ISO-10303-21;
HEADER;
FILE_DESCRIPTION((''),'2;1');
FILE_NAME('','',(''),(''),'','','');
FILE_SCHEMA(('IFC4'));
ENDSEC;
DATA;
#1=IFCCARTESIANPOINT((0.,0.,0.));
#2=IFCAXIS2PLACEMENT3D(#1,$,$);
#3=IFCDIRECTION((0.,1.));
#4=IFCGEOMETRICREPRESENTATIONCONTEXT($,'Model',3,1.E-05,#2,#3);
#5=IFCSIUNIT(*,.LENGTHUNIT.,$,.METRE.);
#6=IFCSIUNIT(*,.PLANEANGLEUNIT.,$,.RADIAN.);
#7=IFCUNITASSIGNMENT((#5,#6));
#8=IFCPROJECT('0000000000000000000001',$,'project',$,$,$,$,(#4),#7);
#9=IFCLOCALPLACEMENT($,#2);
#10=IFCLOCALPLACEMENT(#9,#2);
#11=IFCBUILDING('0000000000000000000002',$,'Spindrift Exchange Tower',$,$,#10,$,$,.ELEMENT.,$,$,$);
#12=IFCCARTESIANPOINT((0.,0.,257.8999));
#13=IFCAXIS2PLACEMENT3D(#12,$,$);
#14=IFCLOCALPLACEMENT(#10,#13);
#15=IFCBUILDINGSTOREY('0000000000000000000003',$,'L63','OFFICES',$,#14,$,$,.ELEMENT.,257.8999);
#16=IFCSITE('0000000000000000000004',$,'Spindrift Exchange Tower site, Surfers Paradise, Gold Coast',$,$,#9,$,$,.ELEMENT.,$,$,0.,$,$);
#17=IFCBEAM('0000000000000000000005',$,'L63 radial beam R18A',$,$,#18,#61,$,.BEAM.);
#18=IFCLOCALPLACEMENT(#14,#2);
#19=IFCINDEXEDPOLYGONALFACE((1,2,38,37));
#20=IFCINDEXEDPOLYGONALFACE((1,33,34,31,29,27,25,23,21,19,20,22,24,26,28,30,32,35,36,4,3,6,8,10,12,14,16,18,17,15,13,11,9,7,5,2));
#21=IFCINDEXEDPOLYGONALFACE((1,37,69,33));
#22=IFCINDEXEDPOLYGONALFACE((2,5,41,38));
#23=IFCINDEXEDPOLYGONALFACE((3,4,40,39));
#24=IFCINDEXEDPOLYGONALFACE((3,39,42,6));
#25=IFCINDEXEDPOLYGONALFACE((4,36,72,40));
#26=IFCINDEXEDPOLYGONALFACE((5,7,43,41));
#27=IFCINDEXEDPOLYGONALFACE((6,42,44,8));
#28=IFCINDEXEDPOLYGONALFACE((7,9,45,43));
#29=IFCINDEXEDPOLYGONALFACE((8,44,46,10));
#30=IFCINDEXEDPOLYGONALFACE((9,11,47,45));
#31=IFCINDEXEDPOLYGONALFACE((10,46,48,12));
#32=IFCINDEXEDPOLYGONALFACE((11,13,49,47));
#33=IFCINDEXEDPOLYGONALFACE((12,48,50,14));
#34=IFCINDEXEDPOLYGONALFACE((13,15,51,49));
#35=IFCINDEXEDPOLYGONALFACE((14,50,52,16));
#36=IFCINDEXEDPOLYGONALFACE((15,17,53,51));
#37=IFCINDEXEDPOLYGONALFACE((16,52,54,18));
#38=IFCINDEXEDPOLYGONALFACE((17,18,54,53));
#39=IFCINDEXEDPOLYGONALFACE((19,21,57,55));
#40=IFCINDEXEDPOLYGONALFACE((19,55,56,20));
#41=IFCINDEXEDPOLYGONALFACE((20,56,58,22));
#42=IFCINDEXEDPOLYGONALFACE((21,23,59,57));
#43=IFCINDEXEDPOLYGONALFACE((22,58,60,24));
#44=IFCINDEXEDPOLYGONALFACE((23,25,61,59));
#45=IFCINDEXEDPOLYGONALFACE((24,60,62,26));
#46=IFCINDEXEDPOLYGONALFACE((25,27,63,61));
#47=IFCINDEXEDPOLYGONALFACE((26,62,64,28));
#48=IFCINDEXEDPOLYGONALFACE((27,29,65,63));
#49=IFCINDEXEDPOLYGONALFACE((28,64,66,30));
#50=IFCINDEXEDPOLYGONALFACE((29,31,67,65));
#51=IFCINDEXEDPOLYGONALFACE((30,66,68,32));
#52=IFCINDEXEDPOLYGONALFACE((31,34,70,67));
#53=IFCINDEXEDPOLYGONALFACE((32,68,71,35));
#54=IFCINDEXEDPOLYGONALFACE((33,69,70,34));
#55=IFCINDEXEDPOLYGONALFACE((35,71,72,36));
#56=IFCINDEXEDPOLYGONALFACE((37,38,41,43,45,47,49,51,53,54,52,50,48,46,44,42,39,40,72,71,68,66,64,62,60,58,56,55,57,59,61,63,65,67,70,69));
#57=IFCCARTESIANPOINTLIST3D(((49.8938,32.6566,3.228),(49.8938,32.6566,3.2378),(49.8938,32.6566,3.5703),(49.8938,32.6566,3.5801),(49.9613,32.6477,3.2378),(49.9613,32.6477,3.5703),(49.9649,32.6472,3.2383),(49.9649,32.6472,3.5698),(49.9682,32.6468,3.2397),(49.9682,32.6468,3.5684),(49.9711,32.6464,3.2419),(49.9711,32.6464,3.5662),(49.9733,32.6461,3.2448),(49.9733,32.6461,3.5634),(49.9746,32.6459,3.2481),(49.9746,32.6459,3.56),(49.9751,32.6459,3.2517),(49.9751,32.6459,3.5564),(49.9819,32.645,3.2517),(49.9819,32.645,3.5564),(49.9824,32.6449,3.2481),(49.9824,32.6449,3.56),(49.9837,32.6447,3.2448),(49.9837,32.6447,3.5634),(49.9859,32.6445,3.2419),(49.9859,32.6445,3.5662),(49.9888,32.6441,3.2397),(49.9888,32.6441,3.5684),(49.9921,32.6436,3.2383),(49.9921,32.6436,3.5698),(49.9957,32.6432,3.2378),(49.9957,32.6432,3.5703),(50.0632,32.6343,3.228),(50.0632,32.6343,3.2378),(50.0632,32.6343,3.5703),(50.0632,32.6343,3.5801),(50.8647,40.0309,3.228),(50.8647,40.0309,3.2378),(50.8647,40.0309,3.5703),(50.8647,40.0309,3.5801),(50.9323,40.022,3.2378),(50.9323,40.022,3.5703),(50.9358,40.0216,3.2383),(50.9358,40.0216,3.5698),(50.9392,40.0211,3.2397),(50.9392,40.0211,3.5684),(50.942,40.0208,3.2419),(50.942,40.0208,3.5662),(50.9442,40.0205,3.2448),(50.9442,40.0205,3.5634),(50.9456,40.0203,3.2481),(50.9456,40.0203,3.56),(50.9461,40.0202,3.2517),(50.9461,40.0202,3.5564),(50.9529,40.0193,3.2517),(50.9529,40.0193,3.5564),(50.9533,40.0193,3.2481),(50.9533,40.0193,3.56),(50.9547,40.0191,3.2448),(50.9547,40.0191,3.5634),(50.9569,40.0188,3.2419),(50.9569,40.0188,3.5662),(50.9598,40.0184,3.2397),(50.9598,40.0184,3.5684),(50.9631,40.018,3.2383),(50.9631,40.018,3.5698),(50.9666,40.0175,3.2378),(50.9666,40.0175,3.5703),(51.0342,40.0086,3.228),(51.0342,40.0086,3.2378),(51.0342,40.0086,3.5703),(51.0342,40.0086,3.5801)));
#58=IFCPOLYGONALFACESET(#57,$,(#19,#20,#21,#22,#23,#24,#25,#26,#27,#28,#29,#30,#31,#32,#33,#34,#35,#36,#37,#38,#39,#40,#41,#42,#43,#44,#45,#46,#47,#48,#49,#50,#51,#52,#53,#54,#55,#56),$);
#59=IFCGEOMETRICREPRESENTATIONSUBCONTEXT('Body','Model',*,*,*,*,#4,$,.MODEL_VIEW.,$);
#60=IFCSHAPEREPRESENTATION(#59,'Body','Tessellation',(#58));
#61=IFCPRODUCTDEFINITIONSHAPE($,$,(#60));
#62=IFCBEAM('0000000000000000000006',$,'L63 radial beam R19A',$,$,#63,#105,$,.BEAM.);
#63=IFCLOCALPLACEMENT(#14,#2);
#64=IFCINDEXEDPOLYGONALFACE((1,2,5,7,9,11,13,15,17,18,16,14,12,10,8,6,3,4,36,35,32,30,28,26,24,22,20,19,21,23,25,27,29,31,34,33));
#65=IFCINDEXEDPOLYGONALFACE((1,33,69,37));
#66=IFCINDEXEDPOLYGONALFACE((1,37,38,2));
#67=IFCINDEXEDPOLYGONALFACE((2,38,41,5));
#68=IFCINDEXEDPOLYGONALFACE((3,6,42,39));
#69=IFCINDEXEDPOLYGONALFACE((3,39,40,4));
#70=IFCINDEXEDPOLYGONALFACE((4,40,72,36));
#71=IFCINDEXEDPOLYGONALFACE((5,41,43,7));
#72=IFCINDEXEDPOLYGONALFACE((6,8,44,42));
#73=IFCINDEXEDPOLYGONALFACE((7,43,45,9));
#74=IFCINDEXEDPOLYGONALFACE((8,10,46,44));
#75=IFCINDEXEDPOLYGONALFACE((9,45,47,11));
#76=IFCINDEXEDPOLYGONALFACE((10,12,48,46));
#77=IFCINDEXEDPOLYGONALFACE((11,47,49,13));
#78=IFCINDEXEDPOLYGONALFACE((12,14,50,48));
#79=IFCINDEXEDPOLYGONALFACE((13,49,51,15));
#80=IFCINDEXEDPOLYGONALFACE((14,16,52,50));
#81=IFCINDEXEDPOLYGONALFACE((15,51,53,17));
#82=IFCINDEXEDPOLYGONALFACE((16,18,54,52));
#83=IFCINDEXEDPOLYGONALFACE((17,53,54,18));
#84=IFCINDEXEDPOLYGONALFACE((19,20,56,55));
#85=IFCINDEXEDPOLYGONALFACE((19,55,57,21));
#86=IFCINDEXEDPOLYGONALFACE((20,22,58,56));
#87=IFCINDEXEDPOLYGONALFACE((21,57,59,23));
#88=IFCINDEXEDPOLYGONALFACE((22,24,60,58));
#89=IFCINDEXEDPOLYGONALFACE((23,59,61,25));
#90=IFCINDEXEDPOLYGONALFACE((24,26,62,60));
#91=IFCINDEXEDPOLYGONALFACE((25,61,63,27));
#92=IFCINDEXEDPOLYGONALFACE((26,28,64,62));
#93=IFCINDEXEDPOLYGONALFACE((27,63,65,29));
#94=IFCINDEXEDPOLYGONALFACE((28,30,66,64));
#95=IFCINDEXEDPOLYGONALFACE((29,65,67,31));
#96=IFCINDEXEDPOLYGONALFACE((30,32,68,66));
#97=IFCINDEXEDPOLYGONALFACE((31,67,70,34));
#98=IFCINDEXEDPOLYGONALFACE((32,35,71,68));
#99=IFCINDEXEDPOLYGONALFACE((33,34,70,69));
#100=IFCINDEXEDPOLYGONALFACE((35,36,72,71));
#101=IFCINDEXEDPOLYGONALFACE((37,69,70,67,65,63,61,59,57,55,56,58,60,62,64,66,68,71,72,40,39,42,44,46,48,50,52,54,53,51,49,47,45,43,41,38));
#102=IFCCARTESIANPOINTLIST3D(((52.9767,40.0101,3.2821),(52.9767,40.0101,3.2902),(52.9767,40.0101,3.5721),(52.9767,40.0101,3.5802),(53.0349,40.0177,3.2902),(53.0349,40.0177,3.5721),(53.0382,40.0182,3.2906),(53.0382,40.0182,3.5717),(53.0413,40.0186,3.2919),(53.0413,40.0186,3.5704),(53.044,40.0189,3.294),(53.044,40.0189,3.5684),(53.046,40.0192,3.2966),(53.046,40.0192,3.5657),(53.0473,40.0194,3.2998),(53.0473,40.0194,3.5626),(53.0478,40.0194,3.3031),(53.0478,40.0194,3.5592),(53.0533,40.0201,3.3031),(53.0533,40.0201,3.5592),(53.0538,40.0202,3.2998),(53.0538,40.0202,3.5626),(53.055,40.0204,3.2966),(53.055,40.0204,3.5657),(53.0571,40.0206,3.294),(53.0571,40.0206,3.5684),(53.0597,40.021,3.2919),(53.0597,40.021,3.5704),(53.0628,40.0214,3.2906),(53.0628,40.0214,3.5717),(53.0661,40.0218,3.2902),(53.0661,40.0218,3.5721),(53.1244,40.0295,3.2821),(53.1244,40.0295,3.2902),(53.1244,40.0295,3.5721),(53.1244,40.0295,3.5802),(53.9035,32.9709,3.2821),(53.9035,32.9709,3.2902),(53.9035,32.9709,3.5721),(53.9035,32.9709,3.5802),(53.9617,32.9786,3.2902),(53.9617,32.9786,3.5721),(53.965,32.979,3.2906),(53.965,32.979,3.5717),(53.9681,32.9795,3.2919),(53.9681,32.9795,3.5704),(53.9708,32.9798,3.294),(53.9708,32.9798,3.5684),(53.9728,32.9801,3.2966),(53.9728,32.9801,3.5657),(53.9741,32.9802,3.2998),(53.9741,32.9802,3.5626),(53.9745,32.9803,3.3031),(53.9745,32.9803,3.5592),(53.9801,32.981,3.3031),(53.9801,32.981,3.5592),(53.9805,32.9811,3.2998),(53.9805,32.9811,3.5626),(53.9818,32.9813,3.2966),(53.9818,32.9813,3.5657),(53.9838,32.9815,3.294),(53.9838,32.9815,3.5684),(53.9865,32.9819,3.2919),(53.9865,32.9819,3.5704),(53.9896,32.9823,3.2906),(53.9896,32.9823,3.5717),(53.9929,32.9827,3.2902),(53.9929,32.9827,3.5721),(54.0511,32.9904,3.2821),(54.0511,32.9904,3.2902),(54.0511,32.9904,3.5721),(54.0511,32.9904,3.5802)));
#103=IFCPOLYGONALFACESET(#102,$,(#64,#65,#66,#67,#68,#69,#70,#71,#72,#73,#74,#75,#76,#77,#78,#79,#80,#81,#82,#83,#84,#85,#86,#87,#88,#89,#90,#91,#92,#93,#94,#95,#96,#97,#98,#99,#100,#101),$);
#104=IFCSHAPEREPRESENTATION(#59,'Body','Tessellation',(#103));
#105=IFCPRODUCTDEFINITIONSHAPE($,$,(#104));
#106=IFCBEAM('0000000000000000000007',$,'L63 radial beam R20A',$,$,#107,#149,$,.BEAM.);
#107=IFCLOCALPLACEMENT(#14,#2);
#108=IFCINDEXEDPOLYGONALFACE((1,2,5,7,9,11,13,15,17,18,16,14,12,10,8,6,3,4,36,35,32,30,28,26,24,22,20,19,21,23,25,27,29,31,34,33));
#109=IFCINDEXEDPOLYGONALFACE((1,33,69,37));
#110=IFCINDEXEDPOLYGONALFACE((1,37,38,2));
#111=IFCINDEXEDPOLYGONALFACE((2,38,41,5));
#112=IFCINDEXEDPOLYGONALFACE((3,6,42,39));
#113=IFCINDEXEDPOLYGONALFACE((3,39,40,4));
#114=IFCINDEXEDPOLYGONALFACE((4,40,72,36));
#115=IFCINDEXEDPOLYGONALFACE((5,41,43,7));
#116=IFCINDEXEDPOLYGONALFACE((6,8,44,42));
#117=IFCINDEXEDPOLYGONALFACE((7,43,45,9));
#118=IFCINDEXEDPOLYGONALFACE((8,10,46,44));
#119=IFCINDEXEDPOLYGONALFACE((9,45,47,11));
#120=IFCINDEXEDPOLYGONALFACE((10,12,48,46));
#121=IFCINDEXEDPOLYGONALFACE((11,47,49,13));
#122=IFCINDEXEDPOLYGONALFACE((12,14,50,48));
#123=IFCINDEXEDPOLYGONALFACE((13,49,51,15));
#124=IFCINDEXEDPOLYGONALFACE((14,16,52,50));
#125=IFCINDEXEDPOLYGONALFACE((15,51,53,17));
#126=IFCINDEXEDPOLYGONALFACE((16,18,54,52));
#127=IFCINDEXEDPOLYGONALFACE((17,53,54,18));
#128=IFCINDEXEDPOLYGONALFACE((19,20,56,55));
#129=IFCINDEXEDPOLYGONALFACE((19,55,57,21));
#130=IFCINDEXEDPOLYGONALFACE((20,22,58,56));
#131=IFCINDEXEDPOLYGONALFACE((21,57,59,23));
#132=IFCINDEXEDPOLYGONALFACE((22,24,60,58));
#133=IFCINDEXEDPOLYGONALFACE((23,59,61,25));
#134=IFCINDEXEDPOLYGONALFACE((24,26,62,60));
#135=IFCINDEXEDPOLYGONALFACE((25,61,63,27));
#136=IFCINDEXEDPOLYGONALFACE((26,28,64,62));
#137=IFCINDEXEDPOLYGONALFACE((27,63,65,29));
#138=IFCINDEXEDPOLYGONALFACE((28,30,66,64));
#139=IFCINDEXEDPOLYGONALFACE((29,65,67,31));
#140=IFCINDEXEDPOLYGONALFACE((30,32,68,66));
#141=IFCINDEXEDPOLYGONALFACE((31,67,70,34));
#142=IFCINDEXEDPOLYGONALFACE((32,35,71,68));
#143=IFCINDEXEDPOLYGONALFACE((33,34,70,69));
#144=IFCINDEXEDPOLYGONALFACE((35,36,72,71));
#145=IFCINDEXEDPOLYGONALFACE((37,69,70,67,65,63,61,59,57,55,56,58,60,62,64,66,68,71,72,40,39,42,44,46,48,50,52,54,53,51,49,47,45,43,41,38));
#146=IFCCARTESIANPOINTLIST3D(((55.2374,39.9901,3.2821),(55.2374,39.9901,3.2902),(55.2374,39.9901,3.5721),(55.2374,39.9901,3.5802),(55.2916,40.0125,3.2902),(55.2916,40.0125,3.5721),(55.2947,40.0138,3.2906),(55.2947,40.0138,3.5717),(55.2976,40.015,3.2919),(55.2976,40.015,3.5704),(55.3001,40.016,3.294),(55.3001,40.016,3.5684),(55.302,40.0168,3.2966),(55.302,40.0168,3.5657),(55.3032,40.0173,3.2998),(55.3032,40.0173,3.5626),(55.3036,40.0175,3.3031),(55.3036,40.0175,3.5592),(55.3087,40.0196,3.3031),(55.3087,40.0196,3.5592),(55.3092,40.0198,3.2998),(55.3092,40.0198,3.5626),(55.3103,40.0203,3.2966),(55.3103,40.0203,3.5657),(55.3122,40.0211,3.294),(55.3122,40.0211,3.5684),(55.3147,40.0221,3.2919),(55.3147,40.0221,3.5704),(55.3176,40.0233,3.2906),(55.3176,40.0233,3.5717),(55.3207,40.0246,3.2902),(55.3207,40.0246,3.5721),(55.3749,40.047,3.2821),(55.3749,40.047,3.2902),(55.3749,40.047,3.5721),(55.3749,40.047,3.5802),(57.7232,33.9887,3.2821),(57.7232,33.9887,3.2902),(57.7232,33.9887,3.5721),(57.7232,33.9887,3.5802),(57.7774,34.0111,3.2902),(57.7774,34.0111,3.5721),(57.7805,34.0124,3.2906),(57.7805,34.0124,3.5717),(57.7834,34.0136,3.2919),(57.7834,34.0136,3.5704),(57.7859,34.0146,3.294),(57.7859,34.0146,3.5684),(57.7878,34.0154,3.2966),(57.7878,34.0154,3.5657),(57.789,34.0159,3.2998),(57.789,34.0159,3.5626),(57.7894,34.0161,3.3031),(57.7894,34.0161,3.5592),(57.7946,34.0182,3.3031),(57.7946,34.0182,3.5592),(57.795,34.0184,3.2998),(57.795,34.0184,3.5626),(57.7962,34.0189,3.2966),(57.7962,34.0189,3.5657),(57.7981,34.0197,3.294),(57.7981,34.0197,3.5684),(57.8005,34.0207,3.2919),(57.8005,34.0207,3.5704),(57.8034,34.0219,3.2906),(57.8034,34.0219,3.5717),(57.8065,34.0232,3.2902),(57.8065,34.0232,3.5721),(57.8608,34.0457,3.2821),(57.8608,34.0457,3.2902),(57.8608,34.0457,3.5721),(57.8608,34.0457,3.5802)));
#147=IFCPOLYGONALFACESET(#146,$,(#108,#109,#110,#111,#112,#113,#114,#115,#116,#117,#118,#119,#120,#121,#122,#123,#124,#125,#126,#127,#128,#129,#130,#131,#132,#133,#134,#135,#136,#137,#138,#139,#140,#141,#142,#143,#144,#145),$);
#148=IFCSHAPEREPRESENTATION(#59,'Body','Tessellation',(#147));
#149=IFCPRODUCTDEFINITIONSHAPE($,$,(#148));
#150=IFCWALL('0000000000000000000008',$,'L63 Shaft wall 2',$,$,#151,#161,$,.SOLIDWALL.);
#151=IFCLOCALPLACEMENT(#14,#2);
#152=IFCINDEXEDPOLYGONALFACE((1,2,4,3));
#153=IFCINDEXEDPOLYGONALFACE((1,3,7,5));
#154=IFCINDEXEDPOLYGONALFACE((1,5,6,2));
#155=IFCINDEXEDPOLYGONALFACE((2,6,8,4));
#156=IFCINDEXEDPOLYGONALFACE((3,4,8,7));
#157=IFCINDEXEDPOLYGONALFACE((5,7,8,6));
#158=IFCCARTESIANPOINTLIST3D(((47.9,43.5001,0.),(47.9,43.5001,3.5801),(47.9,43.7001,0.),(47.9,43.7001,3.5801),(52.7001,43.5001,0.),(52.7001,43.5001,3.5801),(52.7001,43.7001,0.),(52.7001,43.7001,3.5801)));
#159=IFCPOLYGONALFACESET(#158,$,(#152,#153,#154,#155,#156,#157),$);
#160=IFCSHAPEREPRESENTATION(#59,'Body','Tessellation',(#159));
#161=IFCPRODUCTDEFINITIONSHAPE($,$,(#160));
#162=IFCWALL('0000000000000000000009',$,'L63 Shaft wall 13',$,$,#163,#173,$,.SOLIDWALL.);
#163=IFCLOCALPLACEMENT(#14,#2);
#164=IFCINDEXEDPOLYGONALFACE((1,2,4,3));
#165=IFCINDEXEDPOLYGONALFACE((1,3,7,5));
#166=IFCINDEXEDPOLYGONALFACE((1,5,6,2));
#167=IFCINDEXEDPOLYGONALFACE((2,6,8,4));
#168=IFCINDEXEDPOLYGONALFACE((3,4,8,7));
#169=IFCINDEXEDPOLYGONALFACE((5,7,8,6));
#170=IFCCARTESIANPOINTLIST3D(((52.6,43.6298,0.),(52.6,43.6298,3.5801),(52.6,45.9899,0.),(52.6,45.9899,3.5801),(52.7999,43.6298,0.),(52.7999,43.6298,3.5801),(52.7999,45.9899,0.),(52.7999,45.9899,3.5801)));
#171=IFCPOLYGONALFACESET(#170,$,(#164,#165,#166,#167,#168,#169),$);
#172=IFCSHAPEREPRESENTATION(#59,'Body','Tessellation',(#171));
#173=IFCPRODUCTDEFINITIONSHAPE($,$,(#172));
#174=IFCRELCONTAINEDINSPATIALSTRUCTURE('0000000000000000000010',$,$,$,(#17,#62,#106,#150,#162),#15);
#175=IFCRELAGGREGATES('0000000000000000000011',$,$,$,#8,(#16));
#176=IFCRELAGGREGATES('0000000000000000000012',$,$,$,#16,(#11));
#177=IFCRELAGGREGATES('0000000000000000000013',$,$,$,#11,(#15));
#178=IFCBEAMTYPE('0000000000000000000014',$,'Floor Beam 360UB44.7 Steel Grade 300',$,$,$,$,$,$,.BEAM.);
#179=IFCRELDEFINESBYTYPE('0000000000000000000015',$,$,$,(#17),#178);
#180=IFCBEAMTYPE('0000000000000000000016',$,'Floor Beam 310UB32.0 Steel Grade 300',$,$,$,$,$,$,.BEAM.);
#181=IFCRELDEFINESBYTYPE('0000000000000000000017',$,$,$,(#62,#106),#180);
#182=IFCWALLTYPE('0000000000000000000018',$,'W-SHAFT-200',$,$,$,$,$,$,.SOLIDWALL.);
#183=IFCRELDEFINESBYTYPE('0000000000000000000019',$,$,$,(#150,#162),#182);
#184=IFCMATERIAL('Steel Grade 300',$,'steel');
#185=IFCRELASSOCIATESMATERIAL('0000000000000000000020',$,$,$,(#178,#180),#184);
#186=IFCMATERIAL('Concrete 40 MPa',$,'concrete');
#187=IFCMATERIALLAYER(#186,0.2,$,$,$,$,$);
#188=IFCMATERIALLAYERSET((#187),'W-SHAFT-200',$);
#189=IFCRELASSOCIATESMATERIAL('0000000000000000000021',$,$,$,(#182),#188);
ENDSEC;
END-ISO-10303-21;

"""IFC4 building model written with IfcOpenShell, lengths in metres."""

from ifc_helpers import new_model, si_unit, direction, frame, frame_2d, origin, origin_2d, place, context, subcontext, project, spatial, rectangle, i_section, extrude, source, transform, mapped, material, layer, layer_set, material_profile, profile_set, type_object, element, save


model = new_model("IFC4")

# Units and contexts
model_context = context("Model", 3, precision=1e-05, world=origin(), true_north=direction((0.0, 1.0)))
body_context = subcontext(model_context, "Body", "Model", "MODEL_VIEW")
ifc_project = project(units=[si_unit("LENGTHUNIT", "METRE"), si_unit("PLANEANGLEUNIT", "RADIAN")], contexts=[model_context])

# Site, building, storey
site_placement = place(None, origin())
site = spatial("IfcSite", under=ifc_project, at=site_placement, Name="Spindrift Exchange Tower site, Surfers Paradise, Gold Coast", CompositionType="ELEMENT", RefElevation=0.0)
building_placement = place(site_placement, origin())
building = spatial("IfcBuilding", under=site, at=building_placement, Name="Spindrift Exchange Tower", CompositionType="ELEMENT")
storey_placement = place(building_placement, frame((0.0, 0.0, 257.8999)))
storey = spatial("IfcBuildingStorey", under=building, at=storey_placement, Name="L63", Description="OFFICES", CompositionType="ELEMENT", Elevation=257.8999)

# Beams
ifc_material_1 = material(Name="Steel Grade 300", Category="steel")
ifc_material_profile_1 = material_profile(ifc_material_1, i_section(OverallWidth=0.1709, OverallDepth=0.3521, WebThickness=0.0068, FlangeThickness=0.0098, FilletRadius=0.0139, at=origin_2d()), Name="360UB44.7")
ifc_profile_set_1 = profile_set([ifc_material_profile_1], Name="Steel Grade 300")
beam_type_1 = type_object("IfcBeamType", Name="Floor Beam 360UB44.7 Steel Grade 300", PredefinedType="BEAM", material=ifc_profile_set_1)
shared_shape_1 = source(origin(), body_context, "Body", "SweptSolid", [
    extrude(i_section(OverallWidth=0.1709, OverallDepth=0.3521, WebThickness=0.0068, FlangeThickness=0.0098, FilletRadius=0.0139, at=origin_2d()), origin(), (0.0, 0.0, 1.0), 7.438),
])
beam_1_placement = place(storey_placement, frame((50.9495, 40.0198, 3.4041), z_axis=(-0.13054, -0.991443, 0.0), x_axis=(0.991443, -0.13054, 0.0)))
element("IfcBeam", 1, at=beam_1_placement, inside=storey, type_object=beam_type_1, Name="L63 radial beam R18A", PredefinedType="BEAM", context=body_context, shape_type="MappedRepresentation", body=[
    mapped(shared_shape_1, transform((0.0, 0.0, 0.0), scale=1.0)),
])
ifc_material_profile_2 = material_profile(ifc_material_1, i_section(OverallWidth=0.1489, OverallDepth=0.2981, WebThickness=0.0056, FlangeThickness=0.0081, FilletRadius=0.0129, at=origin_2d()), Name="310UB32.0")
ifc_profile_set_2 = profile_set([ifc_material_profile_2], Name="Steel Grade 300")
beam_type_2 = type_object("IfcBeamType", Name="Floor Beam 310UB32.0 Steel Grade 300", PredefinedType="BEAM", material=ifc_profile_set_2)
shared_shape_2 = source(origin(), body_context, "Body", "SweptSolid", [
    extrude(i_section(OverallWidth=0.1489, OverallDepth=0.2981, WebThickness=0.0056, FlangeThickness=0.0081, FilletRadius=0.0129, at=origin_2d()), origin(), (0.0, 0.0, 1.0), 7.0999),
])
beam_2_placement = place(storey_placement, frame((53.0505, 40.0198, 3.4312), z_axis=(0.130533, -0.991444, 0.0), x_axis=(0.991444, 0.130533, 0.0)))
element("IfcBeam", 2, at=beam_2_placement, inside=storey, type_object=beam_type_2, Name="L63 radial beam R19A", PredefinedType="BEAM", context=body_context, shape_type="MappedRepresentation", body=[
    mapped(shared_shape_2, transform((0.0, 0.0, 0.0), scale=1.0)),
])
shared_shape_3 = source(origin(), body_context, "Body", "SweptSolid", [
    extrude(i_section(OverallWidth=0.1489, OverallDepth=0.2981, WebThickness=0.0056, FlangeThickness=0.0081, FilletRadius=0.0129, at=origin_2d()), origin(), (0.0, 0.0, 1.0), 6.4958),
])
beam_3_placement = place(storey_placement, frame((55.3062, 40.0186, 3.4312), z_axis=(0.382677, -0.923882, 0.0), x_axis=(0.923882, 0.382677, 0.0)))
element("IfcBeam", 3, at=beam_3_placement, inside=storey, type_object=beam_type_2, Name="L63 radial beam R20A", PredefinedType="BEAM", context=body_context, shape_type="MappedRepresentation", body=[
    mapped(shared_shape_3, transform((0.0, 0.0, 0.0), scale=1.0)),
])

# Walls
ifc_material_2 = material(Name="Concrete 40 MPa", Category="concrete")
ifc_layer_1 = layer(ifc_material_2, 0.2)
ifc_layer_set_1 = layer_set([ifc_layer_1], Name="W-SHAFT-200")
wall_type_1 = type_object("IfcWallType", Name="W-SHAFT-200", PredefinedType="SOLIDWALL", material=ifc_layer_set_1)
wall_1_placement = place(storey_placement, frame((52.7, 43.6001, 0.0), z_axis=(0.0, 0.0, 1.0), x_axis=(-1.0, 0.0, 0.0)))
element("IfcWall", 4, at=wall_1_placement, inside=storey, type_object=wall_type_1, Name="L63 Shaft wall 2", PredefinedType="SOLIDWALL", context=body_context, shape_type="SweptSolid", body=[
    extrude(rectangle(XDim=4.8, YDim=0.2, at=frame_2d((2.3999, 0.0))), origin(), (0.0, 0.0, 1.0), 3.5801),
])
wall_2_placement = place(storey_placement, frame((52.7, 45.99, 0.0), z_axis=(0.0, 0.0, 1.0), x_axis=(0.0, -1.0, 0.0)))
element("IfcWall", 5, at=wall_2_placement, inside=storey, type_object=wall_type_1, Name="L63 Shaft wall 13", PredefinedType="SOLIDWALL", context=body_context, shape_type="SweptSolid", body=[
    extrude(rectangle(XDim=2.3601, YDim=0.2, at=frame_2d((1.1802, 0.0))), origin(), (0.0, 0.0, 1.0), 3.5801),
])

save(model, "model.ifc")
